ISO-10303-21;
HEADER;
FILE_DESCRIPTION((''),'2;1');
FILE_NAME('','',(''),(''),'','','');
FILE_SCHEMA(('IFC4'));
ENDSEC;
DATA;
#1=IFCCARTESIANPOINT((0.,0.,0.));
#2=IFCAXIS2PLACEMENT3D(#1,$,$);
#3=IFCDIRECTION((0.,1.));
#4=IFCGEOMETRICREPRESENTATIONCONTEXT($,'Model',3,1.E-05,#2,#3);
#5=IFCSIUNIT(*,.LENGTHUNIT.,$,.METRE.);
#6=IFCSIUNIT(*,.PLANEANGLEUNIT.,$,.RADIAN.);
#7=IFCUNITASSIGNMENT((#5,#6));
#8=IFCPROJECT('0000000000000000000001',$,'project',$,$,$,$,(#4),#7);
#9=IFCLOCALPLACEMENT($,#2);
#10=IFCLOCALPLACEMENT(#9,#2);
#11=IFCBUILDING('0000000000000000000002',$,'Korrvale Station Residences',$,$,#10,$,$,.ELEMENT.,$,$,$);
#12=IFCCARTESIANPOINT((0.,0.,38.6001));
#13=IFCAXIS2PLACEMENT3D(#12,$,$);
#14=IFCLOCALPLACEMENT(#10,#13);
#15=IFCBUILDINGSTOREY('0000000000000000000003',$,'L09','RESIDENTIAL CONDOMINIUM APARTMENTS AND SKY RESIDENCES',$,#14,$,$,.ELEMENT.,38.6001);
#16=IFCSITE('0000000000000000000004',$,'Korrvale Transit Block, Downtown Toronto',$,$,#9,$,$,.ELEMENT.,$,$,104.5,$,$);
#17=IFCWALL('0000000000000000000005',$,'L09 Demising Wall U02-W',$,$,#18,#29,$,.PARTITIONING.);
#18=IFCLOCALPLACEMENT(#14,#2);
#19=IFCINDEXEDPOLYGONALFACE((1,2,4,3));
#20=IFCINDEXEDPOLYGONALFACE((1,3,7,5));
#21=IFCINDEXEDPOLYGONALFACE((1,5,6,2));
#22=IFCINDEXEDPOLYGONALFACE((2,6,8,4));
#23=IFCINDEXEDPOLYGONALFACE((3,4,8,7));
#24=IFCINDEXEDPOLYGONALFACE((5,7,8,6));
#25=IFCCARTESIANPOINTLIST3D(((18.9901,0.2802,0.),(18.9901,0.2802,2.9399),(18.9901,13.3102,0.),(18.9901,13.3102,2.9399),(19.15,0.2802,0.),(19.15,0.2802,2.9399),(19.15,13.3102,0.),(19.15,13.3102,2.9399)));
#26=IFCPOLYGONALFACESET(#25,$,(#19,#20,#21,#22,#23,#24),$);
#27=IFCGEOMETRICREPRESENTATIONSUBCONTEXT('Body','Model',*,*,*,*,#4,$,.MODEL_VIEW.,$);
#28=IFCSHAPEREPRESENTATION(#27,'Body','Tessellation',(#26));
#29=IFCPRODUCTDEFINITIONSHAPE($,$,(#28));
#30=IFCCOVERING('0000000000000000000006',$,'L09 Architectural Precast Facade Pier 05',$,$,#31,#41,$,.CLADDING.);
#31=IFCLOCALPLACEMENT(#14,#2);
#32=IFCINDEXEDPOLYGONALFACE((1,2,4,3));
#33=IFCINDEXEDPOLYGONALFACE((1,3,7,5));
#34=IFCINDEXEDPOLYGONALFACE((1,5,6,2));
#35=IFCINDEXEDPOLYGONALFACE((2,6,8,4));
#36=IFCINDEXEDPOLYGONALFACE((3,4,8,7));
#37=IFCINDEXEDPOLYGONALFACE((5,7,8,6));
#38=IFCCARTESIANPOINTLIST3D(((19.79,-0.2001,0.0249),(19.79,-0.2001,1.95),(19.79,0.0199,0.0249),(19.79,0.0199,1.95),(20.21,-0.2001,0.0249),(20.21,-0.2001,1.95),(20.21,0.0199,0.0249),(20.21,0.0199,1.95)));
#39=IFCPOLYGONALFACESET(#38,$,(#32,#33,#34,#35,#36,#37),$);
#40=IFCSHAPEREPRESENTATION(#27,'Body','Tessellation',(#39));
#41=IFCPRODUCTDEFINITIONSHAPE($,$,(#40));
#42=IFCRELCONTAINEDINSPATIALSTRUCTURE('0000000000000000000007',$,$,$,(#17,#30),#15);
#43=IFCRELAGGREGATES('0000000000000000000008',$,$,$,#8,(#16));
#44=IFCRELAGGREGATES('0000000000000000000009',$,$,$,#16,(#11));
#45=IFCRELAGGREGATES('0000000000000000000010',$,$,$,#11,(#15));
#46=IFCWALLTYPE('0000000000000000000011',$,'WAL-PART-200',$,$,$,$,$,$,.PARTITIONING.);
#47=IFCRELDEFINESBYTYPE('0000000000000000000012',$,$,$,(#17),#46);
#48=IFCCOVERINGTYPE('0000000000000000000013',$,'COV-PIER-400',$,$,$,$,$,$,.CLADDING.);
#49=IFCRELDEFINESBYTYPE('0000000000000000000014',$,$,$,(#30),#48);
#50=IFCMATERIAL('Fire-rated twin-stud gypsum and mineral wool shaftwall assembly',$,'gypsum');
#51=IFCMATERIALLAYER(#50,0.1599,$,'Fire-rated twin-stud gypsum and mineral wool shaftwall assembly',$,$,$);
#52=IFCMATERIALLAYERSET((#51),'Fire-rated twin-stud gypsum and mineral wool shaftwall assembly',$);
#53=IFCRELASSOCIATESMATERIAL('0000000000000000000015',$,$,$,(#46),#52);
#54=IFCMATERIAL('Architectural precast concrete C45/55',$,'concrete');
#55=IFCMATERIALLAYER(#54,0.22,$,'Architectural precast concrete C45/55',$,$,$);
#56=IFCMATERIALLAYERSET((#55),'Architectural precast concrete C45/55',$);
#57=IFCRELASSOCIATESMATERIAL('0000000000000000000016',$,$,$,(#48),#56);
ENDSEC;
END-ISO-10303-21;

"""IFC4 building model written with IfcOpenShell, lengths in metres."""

from ifc_helpers import new_model, si_unit, direction, frame, frame_2d, origin, origin_2d, place, context, subcontext, project, spatial, rectangle, extrude, material, layer, layer_set, type_object, element, save


model = new_model("IFC4")

# Units and contexts
model_context = context("Model", 3, precision=1e-05, world=origin(), true_north=direction((0.0, 1.0)))
body_context = subcontext(model_context, "Body", "Model", "MODEL_VIEW")
ifc_project = project(units=[si_unit("LENGTHUNIT", "METRE"), si_unit("PLANEANGLEUNIT", "RADIAN")], contexts=[model_context])

# Site, building, storey
site_placement = place(None, origin())
site = spatial("IfcSite", under=ifc_project, at=site_placement, Name="Korrvale Transit Block, Downtown Toronto", CompositionType="ELEMENT", RefElevation=104.5)
building_placement = place(site_placement, origin())
building = spatial("IfcBuilding", under=site, at=building_placement, Name="Korrvale Station Residences", CompositionType="ELEMENT")
storey_placement = place(building_placement, frame((0.0, 0.0, 38.6001)))
storey = spatial("IfcBuildingStorey", under=building, at=storey_placement, Name="L09", Description="RESIDENTIAL CONDOMINIUM APARTMENTS AND SKY RESIDENCES", CompositionType="ELEMENT", Elevation=38.6001)

# Wall
ifc_material_1 = material(Name="Fire-rated twin-stud gypsum and mineral wool shaftwall assembly", Category="gypsum")
ifc_layer_1 = layer(ifc_material_1, 0.1599, Name="Fire-rated twin-stud gypsum and mineral wool shaftwall assembly")
ifc_layer_set_1 = layer_set([ifc_layer_1], Name="Fire-rated twin-stud gypsum and mineral wool shaftwall assembly")
wall_type_1 = type_object("IfcWallType", Name="WAL-PART-200", PredefinedType="PARTITIONING", material=ifc_layer_set_1)
wall_1_placement = place(storey_placement, frame((19.0701, 0.28, 0.0), z_axis=(0.0, 0.0, 1.0), x_axis=(0.0, 1.0, 0.0)))
element("IfcWall", 1, at=wall_1_placement, inside=storey, type_object=wall_type_1, Name="L09 Demising Wall U02-W", PredefinedType="PARTITIONING", context=body_context, shape_type="SweptSolid", body=[
    extrude(rectangle(XDim=13.03, YDim=0.1599, at=frame_2d((6.5151, 0.0))), origin(), (0.0, 0.0, 1.0), 2.9399),
])

# Covering
ifc_material_2 = material(Name="Architectural precast concrete C45/55", Category="concrete")
ifc_layer_2 = layer(ifc_material_2, 0.22, Name="Architectural precast concrete C45/55")
ifc_layer_set_2 = layer_set([ifc_layer_2], Name="Architectural precast concrete C45/55")
covering_type = type_object("IfcCoveringType", Name="COV-PIER-400", PredefinedType="CLADDING", material=ifc_layer_set_2)
covering_placement = place(storey_placement, frame((20.0, -0.0901, 0.0249), z_axis=(0.0, 0.0, 1.0), x_axis=(1.0, 0.0, 0.0)))
element("IfcCovering", 2, at=covering_placement, inside=storey, type_object=covering_type, Name="L09 Architectural Precast Facade Pier 05", PredefinedType="CLADDING", context=body_context, shape_type="SweptSolid", body=[
    extrude(rectangle(XDim=0.4199, YDim=0.22, at=origin_2d()), origin(), (0.0, 0.0, 1.0), 1.925),
])

save(model, "model.ifc")
